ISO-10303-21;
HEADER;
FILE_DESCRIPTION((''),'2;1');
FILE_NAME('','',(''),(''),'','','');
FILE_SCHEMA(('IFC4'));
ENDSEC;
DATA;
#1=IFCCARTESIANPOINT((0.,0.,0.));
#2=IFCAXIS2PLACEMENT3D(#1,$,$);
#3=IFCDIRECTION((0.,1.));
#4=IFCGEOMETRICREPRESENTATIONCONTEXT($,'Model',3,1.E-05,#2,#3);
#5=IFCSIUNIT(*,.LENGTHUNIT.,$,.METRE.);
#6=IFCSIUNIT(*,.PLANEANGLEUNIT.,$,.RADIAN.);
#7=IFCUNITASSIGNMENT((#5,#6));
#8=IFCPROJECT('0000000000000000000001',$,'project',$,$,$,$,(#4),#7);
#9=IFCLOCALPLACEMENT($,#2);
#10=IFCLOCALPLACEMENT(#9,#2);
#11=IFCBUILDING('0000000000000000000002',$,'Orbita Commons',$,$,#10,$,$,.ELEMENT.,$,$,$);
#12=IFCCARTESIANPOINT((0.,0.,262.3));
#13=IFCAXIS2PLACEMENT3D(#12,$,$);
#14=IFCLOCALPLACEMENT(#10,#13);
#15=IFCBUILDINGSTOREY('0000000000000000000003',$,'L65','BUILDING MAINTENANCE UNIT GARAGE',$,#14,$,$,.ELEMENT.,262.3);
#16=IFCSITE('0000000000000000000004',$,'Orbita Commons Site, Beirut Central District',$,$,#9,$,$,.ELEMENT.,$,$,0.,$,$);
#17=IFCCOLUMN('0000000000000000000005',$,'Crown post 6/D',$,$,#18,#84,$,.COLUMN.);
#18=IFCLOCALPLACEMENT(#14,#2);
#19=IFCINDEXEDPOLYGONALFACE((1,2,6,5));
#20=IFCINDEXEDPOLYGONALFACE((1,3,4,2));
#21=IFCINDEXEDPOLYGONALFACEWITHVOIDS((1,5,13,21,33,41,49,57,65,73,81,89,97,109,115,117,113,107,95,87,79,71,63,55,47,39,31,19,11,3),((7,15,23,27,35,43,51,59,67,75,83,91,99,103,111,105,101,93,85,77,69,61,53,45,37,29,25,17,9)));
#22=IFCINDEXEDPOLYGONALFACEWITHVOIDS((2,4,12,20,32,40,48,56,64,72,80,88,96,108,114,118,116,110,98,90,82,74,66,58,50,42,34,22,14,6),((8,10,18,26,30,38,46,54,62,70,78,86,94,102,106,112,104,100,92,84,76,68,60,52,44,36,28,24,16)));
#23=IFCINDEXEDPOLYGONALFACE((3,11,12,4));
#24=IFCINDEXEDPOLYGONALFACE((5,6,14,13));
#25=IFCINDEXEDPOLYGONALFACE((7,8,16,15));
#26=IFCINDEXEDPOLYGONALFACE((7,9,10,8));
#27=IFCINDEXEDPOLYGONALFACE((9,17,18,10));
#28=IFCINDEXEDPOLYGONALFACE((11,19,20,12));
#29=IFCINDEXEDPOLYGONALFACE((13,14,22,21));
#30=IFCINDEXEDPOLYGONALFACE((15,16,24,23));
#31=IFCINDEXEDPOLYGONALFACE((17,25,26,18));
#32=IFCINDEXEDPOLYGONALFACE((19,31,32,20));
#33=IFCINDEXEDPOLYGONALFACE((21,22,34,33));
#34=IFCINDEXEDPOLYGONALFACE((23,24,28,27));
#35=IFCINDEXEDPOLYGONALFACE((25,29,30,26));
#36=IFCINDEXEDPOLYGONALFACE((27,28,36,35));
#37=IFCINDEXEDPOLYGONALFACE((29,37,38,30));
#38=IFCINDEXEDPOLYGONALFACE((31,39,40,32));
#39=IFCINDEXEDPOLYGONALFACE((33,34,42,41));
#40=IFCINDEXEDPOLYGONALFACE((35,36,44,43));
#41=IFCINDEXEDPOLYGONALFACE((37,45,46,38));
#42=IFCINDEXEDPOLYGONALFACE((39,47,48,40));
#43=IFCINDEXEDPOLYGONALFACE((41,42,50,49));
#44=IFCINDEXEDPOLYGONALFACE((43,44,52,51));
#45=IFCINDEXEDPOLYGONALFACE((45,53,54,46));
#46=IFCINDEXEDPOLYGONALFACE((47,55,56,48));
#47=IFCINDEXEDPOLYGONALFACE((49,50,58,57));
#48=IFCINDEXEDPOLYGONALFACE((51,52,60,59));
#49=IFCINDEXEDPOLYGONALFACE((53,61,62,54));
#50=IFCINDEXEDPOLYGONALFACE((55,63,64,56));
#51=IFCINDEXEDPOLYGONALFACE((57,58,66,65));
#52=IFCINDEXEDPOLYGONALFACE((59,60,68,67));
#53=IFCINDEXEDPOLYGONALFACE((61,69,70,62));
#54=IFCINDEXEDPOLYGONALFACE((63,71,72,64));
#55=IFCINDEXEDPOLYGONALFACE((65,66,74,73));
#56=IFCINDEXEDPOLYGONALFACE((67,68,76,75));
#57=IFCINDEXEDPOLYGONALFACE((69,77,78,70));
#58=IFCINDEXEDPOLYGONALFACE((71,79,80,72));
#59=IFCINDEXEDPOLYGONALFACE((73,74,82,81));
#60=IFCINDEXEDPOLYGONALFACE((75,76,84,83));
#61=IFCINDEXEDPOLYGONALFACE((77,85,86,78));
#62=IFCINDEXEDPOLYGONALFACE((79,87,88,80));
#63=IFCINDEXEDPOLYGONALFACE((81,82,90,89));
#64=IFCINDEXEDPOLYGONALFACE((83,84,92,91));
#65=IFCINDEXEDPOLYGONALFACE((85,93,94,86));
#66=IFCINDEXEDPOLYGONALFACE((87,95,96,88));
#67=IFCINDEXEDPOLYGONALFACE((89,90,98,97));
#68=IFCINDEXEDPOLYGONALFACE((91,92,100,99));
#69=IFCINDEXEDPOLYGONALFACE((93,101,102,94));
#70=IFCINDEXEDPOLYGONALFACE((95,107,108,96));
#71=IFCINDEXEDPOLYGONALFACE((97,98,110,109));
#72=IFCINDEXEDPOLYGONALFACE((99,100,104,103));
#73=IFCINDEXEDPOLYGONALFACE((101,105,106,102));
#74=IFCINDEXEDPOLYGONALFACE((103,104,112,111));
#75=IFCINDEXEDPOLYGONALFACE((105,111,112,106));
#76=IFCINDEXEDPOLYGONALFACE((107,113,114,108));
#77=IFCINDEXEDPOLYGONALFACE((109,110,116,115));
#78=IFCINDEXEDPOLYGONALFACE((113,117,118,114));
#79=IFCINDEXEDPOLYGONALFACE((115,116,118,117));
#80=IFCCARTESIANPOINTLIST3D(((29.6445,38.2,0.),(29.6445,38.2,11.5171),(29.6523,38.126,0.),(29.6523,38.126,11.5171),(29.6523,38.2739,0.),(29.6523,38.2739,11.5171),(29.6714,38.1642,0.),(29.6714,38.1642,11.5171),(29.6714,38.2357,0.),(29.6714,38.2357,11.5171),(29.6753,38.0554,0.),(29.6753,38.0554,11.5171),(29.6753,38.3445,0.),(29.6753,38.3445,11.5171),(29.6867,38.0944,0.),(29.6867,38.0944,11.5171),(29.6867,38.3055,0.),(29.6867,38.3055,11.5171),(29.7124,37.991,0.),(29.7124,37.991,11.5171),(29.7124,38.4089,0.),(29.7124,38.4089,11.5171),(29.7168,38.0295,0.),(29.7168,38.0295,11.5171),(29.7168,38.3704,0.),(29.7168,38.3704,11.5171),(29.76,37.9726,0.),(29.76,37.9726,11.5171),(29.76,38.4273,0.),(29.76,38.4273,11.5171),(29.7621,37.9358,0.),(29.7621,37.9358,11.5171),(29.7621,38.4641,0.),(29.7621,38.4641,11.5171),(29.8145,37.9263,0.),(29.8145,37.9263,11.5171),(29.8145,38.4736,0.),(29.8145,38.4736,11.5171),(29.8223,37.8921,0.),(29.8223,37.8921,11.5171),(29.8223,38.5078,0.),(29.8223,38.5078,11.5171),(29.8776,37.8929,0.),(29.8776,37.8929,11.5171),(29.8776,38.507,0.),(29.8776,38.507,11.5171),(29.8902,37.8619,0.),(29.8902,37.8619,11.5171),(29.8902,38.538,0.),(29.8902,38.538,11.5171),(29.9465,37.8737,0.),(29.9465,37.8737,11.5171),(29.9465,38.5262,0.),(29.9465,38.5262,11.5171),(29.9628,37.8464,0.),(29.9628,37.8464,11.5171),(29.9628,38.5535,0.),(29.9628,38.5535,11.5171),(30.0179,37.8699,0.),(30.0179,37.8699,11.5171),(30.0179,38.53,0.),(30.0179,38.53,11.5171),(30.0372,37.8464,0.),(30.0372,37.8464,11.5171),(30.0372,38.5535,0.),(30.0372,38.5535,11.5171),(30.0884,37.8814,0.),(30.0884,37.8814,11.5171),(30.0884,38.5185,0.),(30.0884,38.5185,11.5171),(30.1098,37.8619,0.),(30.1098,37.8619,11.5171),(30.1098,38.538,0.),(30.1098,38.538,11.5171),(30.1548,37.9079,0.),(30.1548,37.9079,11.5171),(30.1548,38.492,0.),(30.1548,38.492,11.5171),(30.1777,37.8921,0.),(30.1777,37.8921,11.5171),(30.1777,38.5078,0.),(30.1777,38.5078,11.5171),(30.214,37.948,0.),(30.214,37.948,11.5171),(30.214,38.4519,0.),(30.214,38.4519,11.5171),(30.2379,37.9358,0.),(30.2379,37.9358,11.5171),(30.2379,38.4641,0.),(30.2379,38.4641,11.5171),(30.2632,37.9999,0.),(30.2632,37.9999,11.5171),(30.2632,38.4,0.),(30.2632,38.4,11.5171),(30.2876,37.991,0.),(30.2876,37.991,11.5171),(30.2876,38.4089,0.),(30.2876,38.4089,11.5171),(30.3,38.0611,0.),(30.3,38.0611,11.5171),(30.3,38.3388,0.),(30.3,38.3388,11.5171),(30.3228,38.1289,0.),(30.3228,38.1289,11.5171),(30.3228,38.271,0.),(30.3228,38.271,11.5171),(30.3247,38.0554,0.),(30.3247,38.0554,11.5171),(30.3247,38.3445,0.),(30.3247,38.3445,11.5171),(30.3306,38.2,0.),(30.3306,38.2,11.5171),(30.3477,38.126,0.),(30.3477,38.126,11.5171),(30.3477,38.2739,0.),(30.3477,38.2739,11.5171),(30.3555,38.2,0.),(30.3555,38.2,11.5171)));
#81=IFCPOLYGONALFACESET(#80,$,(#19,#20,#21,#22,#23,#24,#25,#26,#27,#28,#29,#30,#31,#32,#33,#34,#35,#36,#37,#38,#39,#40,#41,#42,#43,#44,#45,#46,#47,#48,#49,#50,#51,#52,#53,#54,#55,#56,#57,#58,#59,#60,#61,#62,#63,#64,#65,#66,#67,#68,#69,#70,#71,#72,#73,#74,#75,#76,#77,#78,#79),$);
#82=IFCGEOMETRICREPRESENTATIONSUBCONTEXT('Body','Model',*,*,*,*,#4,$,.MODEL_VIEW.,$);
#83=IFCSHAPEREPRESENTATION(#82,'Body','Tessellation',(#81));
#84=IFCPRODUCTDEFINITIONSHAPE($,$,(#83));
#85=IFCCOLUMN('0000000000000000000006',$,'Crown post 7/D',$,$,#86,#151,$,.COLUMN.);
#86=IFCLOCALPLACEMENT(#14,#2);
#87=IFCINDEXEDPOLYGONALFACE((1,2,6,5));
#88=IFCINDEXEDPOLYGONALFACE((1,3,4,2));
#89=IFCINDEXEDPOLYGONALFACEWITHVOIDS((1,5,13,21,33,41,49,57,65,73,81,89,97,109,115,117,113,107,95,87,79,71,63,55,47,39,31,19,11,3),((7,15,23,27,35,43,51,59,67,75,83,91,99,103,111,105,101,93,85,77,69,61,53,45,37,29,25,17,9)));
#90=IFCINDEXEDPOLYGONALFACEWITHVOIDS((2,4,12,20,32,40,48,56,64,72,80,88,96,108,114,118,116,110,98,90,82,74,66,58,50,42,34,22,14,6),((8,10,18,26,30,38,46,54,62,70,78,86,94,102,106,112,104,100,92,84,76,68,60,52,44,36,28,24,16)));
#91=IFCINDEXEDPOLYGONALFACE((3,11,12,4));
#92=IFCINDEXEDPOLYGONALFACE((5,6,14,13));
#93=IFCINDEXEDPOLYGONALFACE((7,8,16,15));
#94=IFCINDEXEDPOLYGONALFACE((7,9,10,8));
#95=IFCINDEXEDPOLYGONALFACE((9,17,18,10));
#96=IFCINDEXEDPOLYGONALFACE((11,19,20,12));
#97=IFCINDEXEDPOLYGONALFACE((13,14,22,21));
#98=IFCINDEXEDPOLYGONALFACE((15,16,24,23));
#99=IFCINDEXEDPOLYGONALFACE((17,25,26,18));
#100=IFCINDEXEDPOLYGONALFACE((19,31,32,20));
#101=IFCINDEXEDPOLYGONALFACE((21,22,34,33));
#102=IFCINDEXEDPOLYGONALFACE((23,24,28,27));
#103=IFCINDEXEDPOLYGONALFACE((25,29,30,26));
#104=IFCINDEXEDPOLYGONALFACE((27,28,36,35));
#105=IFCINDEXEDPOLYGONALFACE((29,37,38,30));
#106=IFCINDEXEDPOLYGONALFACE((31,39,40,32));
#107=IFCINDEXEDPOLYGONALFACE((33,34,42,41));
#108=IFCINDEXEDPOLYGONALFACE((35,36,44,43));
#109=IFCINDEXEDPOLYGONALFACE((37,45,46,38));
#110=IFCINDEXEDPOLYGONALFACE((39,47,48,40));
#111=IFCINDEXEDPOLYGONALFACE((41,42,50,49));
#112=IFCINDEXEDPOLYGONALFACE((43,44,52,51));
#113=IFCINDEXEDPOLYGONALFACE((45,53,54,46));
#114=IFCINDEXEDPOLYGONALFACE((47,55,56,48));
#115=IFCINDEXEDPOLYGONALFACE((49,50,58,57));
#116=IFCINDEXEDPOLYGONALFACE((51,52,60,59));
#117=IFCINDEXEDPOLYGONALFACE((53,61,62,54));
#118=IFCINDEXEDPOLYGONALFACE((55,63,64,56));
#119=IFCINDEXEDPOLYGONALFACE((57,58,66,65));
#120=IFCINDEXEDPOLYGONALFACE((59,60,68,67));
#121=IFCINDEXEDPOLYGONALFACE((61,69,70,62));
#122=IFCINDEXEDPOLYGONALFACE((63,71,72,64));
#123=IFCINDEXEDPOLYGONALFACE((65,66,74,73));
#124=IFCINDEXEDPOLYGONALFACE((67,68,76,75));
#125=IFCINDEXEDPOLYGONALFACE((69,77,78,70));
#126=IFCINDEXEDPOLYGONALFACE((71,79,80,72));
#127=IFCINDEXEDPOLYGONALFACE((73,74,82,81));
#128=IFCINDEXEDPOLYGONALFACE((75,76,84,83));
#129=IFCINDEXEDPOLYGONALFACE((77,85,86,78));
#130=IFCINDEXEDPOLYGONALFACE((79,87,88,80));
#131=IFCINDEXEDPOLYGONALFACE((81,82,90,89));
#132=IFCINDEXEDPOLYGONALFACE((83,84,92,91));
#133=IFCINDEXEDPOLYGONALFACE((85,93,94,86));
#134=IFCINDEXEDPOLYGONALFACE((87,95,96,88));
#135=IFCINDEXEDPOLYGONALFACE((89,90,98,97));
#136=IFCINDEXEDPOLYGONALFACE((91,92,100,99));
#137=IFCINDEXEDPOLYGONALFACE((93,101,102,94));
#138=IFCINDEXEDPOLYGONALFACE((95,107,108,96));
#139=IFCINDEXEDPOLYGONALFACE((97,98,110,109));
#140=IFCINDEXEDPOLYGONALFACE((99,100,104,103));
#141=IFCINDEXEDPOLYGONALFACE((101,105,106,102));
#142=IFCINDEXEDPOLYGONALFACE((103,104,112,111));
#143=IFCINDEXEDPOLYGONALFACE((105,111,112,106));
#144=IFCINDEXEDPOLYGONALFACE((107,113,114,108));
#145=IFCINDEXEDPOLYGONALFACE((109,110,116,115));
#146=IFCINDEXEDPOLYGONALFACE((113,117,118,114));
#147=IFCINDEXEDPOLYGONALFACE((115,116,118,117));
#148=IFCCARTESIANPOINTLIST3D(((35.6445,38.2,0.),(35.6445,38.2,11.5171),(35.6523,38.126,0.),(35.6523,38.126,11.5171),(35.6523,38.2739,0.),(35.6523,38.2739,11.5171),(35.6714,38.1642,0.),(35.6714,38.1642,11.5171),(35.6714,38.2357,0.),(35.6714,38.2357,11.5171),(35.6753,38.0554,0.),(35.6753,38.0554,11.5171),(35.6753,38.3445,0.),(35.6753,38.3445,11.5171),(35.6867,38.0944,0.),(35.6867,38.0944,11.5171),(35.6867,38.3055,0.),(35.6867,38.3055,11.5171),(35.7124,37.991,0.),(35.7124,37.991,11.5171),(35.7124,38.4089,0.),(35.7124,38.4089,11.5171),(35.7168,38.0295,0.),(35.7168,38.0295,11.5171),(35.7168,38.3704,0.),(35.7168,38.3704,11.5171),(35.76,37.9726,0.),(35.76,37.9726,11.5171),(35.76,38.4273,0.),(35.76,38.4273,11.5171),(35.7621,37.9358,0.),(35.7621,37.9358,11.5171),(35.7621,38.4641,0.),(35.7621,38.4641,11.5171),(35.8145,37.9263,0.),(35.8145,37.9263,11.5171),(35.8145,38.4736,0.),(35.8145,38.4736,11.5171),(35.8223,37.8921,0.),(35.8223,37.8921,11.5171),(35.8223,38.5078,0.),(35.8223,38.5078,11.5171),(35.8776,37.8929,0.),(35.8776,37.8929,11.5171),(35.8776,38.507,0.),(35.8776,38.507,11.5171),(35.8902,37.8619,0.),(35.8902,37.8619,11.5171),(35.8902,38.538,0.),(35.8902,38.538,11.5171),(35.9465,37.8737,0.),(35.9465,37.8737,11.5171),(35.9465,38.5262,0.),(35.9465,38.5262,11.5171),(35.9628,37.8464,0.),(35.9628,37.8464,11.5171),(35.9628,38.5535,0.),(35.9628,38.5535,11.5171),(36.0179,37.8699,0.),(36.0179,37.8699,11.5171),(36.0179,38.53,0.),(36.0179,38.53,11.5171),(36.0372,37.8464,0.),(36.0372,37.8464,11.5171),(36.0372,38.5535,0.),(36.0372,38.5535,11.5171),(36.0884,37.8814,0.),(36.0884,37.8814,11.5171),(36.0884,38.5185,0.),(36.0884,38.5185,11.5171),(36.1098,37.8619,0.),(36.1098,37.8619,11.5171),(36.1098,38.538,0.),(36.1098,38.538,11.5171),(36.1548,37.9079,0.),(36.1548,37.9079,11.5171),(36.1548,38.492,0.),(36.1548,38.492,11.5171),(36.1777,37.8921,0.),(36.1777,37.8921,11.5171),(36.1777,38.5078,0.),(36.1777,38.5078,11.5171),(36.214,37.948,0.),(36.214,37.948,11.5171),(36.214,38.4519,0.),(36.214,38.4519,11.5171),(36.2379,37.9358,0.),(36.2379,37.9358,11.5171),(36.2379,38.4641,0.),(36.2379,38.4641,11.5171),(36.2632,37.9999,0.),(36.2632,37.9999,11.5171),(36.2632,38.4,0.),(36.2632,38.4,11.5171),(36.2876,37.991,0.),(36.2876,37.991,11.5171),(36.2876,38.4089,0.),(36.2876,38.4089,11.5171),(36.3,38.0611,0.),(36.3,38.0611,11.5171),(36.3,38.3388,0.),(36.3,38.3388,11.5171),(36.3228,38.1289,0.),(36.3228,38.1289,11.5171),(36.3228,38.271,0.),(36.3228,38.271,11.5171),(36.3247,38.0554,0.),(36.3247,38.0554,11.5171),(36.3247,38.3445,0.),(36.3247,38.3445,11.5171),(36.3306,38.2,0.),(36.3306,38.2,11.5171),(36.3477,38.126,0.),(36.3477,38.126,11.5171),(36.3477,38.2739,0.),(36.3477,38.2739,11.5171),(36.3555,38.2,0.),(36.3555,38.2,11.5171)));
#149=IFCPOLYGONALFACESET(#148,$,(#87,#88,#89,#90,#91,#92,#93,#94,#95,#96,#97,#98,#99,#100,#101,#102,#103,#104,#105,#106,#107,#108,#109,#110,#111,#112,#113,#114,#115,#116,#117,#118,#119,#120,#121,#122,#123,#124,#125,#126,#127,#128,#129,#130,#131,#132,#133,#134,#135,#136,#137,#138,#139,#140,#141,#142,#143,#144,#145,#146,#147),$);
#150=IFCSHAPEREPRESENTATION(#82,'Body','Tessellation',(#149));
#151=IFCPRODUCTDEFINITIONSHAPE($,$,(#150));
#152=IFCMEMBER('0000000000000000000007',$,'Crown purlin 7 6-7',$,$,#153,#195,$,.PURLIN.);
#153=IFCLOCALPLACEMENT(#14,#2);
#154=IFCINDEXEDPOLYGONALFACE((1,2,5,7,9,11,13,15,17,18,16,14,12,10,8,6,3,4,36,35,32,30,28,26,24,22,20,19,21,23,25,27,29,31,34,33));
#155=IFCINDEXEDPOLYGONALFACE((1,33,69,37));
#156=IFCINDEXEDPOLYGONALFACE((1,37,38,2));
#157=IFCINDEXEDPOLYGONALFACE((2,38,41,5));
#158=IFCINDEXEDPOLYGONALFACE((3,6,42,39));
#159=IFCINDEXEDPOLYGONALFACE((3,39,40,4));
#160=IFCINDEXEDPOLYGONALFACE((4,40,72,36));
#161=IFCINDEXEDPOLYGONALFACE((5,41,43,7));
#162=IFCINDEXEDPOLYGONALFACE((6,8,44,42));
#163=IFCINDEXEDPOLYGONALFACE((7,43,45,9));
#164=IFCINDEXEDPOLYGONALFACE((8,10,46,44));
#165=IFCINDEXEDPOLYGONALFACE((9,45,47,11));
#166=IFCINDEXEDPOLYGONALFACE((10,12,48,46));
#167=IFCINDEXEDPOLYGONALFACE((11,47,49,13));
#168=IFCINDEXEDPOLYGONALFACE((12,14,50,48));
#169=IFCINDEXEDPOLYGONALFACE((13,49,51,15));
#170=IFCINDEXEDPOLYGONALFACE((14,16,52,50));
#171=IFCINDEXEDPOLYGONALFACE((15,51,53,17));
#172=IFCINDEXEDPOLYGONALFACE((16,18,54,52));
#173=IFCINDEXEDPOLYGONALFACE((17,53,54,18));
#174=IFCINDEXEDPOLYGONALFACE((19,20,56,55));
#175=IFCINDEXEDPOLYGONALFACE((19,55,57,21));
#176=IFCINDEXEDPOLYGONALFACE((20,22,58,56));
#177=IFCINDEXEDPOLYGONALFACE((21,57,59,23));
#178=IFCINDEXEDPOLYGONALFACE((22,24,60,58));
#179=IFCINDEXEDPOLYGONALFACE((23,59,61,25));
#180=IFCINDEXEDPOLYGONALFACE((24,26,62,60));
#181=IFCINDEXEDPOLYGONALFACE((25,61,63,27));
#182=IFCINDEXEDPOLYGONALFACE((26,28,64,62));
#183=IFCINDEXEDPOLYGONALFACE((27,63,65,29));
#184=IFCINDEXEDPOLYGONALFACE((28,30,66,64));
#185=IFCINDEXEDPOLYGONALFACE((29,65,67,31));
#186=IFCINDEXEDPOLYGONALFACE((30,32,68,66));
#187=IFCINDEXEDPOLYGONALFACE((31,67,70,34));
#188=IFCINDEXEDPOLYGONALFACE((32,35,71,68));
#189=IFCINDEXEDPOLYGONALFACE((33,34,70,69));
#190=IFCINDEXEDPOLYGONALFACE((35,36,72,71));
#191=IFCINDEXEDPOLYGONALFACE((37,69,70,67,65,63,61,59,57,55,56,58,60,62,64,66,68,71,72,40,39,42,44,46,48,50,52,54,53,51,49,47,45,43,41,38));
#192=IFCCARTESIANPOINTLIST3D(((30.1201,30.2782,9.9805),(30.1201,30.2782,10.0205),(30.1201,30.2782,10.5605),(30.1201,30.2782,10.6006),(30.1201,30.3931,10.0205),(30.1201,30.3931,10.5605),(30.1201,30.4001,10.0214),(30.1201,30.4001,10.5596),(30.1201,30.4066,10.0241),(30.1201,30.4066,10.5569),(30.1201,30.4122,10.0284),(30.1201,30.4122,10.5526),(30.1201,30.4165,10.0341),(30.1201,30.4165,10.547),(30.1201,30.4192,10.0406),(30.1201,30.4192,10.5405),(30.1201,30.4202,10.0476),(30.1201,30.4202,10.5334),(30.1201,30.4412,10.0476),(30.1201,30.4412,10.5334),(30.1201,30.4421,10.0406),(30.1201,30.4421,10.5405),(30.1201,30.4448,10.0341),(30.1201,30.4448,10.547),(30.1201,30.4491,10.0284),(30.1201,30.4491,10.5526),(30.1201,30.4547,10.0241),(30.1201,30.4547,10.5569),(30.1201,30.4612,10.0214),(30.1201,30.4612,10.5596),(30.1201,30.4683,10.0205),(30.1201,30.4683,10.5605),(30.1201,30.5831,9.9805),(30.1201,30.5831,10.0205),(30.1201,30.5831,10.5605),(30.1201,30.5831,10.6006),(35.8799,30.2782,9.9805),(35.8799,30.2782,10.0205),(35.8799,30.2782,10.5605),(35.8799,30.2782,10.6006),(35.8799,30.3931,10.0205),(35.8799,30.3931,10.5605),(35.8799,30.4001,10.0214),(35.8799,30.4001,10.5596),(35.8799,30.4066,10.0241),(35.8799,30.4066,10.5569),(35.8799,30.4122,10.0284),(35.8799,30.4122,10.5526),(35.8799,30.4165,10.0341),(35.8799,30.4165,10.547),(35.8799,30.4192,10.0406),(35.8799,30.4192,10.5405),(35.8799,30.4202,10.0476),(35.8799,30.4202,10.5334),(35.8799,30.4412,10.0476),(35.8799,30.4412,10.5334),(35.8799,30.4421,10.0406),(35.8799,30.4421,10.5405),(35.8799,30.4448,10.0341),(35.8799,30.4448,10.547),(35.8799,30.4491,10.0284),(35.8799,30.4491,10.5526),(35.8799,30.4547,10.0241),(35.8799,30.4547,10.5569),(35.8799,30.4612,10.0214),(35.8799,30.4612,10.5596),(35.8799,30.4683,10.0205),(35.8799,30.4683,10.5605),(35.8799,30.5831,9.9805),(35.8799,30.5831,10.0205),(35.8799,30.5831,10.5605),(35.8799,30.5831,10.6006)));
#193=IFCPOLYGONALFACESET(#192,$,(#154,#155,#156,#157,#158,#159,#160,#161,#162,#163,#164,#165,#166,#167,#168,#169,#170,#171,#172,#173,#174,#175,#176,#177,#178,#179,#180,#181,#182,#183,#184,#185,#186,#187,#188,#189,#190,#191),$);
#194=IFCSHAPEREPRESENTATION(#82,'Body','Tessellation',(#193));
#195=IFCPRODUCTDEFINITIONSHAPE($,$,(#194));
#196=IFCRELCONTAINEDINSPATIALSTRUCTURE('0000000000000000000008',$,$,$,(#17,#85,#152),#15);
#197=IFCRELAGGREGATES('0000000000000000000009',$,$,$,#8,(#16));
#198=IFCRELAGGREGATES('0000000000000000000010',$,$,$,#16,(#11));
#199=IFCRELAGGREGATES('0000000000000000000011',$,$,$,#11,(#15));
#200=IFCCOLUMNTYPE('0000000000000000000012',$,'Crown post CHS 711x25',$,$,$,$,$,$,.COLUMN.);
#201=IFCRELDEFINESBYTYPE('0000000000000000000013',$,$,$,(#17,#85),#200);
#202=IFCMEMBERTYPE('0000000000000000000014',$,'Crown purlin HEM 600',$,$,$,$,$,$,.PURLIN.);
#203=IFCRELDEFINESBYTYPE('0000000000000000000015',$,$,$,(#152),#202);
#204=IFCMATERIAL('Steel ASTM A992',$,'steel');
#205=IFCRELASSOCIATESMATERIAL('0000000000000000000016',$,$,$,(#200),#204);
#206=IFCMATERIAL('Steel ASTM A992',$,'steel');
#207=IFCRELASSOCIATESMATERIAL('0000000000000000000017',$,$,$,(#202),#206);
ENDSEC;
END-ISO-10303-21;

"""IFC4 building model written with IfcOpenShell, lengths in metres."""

from ifc_helpers import new_model, si_unit, direction, frame, origin, origin_2d, place, context, subcontext, project, spatial, hollow_circle, i_section, extrude, material, material_profile, profile_set, type_object, element, save


model = new_model("IFC4")

# Units and contexts
model_context = context("Model", 3, precision=1e-05, world=origin(), true_north=direction((0.0, 1.0)))
body_context = subcontext(model_context, "Body", "Model", "MODEL_VIEW")
ifc_project = project(units=[si_unit("LENGTHUNIT", "METRE"), si_unit("PLANEANGLEUNIT", "RADIAN")], contexts=[model_context])

# Site, building, storey
site_placement = place(None, origin())
site = spatial("IfcSite", under=ifc_project, at=site_placement, Name="Orbita Commons Site, Beirut Central District", CompositionType="ELEMENT", RefElevation=0.0)
building_placement = place(site_placement, origin())
building = spatial("IfcBuilding", under=site, at=building_placement, Name="Orbita Commons", CompositionType="ELEMENT")
storey_placement = place(building_placement, frame((0.0, 0.0, 262.3)))
storey = spatial("IfcBuildingStorey", under=building, at=storey_placement, Name="L65", Description="BUILDING MAINTENANCE UNIT GARAGE", CompositionType="ELEMENT", Elevation=262.3)

# Columns
ifc_material_1 = material(Name="Steel ASTM A992", Category="steel")
ifc_material_profile_1 = material_profile(ifc_material_1, hollow_circle(Radius=0.3555, WallThickness=0.0249, at=origin_2d()), Name="CHS 711x25")
ifc_profile_set_1 = profile_set([ifc_material_profile_1], Name="Steel ASTM A992")
column_type = type_object("IfcColumnType", Name="Crown post CHS 711x25", PredefinedType="COLUMN", material=ifc_profile_set_1)
for number, where, z_axis, x_axis, name in (
    (1, (30.0, 38.2, 0.0), (0.0, 0.0, 1.0), (1.0, 0.0, 0.0), "Crown post 6/D"),
    (2, (36.0, 38.2, 0.0), (0.0, 0.0, 1.0), (1.0, 0.0, 0.0), "Crown post 7/D"),
):
    element("IfcColumn", number, at=place(storey_placement, frame(where, z_axis=z_axis, x_axis=x_axis)), inside=storey, type_object=column_type, Name=name, PredefinedType="COLUMN", context=body_context, shape_type="SweptSolid", body=[
        extrude(hollow_circle(Radius=0.3555, WallThickness=0.0249, at=origin_2d()), origin(), (0.0, 0.0, 1.0), 11.5171),
    ])

# Member
ifc_material_2 = material(Name="Steel ASTM A992", Category="steel")
ifc_material_profile_2 = material_profile(ifc_material_2, i_section(OverallWidth=0.3049, OverallDepth=0.6201, WebThickness=0.021, FlangeThickness=0.04, FilletRadius=0.0271, at=origin_2d()), Name="HEM 600")
ifc_profile_set_2 = profile_set([ifc_material_profile_2], Name="Steel ASTM A992")
member_type_1 = type_object("IfcMemberType", Name="Crown purlin HEM 600", PredefinedType="PURLIN", material=ifc_profile_set_2)
for number, where, z_axis, x_axis, name in (
    (3, (30.1201, 30.4307, 10.2905), (1.0, 0.0, 0.0), (0.0, 1.0, 0.0), "Crown purlin 7 6-7"),
):
    element("IfcMember", number, at=place(storey_placement, frame(where, z_axis=z_axis, x_axis=x_axis)), inside=storey, type_object=member_type_1, Name=name, PredefinedType="PURLIN", context=body_context, shape_type="SweptSolid", body=[
        extrude(i_section(OverallWidth=0.3049, OverallDepth=0.6201, WebThickness=0.021, FlangeThickness=0.04, FilletRadius=0.0271, at=origin_2d()), origin(), (0.0, 0.0, 1.0), 5.7598),
    ])

save(model, "model.ifc")
